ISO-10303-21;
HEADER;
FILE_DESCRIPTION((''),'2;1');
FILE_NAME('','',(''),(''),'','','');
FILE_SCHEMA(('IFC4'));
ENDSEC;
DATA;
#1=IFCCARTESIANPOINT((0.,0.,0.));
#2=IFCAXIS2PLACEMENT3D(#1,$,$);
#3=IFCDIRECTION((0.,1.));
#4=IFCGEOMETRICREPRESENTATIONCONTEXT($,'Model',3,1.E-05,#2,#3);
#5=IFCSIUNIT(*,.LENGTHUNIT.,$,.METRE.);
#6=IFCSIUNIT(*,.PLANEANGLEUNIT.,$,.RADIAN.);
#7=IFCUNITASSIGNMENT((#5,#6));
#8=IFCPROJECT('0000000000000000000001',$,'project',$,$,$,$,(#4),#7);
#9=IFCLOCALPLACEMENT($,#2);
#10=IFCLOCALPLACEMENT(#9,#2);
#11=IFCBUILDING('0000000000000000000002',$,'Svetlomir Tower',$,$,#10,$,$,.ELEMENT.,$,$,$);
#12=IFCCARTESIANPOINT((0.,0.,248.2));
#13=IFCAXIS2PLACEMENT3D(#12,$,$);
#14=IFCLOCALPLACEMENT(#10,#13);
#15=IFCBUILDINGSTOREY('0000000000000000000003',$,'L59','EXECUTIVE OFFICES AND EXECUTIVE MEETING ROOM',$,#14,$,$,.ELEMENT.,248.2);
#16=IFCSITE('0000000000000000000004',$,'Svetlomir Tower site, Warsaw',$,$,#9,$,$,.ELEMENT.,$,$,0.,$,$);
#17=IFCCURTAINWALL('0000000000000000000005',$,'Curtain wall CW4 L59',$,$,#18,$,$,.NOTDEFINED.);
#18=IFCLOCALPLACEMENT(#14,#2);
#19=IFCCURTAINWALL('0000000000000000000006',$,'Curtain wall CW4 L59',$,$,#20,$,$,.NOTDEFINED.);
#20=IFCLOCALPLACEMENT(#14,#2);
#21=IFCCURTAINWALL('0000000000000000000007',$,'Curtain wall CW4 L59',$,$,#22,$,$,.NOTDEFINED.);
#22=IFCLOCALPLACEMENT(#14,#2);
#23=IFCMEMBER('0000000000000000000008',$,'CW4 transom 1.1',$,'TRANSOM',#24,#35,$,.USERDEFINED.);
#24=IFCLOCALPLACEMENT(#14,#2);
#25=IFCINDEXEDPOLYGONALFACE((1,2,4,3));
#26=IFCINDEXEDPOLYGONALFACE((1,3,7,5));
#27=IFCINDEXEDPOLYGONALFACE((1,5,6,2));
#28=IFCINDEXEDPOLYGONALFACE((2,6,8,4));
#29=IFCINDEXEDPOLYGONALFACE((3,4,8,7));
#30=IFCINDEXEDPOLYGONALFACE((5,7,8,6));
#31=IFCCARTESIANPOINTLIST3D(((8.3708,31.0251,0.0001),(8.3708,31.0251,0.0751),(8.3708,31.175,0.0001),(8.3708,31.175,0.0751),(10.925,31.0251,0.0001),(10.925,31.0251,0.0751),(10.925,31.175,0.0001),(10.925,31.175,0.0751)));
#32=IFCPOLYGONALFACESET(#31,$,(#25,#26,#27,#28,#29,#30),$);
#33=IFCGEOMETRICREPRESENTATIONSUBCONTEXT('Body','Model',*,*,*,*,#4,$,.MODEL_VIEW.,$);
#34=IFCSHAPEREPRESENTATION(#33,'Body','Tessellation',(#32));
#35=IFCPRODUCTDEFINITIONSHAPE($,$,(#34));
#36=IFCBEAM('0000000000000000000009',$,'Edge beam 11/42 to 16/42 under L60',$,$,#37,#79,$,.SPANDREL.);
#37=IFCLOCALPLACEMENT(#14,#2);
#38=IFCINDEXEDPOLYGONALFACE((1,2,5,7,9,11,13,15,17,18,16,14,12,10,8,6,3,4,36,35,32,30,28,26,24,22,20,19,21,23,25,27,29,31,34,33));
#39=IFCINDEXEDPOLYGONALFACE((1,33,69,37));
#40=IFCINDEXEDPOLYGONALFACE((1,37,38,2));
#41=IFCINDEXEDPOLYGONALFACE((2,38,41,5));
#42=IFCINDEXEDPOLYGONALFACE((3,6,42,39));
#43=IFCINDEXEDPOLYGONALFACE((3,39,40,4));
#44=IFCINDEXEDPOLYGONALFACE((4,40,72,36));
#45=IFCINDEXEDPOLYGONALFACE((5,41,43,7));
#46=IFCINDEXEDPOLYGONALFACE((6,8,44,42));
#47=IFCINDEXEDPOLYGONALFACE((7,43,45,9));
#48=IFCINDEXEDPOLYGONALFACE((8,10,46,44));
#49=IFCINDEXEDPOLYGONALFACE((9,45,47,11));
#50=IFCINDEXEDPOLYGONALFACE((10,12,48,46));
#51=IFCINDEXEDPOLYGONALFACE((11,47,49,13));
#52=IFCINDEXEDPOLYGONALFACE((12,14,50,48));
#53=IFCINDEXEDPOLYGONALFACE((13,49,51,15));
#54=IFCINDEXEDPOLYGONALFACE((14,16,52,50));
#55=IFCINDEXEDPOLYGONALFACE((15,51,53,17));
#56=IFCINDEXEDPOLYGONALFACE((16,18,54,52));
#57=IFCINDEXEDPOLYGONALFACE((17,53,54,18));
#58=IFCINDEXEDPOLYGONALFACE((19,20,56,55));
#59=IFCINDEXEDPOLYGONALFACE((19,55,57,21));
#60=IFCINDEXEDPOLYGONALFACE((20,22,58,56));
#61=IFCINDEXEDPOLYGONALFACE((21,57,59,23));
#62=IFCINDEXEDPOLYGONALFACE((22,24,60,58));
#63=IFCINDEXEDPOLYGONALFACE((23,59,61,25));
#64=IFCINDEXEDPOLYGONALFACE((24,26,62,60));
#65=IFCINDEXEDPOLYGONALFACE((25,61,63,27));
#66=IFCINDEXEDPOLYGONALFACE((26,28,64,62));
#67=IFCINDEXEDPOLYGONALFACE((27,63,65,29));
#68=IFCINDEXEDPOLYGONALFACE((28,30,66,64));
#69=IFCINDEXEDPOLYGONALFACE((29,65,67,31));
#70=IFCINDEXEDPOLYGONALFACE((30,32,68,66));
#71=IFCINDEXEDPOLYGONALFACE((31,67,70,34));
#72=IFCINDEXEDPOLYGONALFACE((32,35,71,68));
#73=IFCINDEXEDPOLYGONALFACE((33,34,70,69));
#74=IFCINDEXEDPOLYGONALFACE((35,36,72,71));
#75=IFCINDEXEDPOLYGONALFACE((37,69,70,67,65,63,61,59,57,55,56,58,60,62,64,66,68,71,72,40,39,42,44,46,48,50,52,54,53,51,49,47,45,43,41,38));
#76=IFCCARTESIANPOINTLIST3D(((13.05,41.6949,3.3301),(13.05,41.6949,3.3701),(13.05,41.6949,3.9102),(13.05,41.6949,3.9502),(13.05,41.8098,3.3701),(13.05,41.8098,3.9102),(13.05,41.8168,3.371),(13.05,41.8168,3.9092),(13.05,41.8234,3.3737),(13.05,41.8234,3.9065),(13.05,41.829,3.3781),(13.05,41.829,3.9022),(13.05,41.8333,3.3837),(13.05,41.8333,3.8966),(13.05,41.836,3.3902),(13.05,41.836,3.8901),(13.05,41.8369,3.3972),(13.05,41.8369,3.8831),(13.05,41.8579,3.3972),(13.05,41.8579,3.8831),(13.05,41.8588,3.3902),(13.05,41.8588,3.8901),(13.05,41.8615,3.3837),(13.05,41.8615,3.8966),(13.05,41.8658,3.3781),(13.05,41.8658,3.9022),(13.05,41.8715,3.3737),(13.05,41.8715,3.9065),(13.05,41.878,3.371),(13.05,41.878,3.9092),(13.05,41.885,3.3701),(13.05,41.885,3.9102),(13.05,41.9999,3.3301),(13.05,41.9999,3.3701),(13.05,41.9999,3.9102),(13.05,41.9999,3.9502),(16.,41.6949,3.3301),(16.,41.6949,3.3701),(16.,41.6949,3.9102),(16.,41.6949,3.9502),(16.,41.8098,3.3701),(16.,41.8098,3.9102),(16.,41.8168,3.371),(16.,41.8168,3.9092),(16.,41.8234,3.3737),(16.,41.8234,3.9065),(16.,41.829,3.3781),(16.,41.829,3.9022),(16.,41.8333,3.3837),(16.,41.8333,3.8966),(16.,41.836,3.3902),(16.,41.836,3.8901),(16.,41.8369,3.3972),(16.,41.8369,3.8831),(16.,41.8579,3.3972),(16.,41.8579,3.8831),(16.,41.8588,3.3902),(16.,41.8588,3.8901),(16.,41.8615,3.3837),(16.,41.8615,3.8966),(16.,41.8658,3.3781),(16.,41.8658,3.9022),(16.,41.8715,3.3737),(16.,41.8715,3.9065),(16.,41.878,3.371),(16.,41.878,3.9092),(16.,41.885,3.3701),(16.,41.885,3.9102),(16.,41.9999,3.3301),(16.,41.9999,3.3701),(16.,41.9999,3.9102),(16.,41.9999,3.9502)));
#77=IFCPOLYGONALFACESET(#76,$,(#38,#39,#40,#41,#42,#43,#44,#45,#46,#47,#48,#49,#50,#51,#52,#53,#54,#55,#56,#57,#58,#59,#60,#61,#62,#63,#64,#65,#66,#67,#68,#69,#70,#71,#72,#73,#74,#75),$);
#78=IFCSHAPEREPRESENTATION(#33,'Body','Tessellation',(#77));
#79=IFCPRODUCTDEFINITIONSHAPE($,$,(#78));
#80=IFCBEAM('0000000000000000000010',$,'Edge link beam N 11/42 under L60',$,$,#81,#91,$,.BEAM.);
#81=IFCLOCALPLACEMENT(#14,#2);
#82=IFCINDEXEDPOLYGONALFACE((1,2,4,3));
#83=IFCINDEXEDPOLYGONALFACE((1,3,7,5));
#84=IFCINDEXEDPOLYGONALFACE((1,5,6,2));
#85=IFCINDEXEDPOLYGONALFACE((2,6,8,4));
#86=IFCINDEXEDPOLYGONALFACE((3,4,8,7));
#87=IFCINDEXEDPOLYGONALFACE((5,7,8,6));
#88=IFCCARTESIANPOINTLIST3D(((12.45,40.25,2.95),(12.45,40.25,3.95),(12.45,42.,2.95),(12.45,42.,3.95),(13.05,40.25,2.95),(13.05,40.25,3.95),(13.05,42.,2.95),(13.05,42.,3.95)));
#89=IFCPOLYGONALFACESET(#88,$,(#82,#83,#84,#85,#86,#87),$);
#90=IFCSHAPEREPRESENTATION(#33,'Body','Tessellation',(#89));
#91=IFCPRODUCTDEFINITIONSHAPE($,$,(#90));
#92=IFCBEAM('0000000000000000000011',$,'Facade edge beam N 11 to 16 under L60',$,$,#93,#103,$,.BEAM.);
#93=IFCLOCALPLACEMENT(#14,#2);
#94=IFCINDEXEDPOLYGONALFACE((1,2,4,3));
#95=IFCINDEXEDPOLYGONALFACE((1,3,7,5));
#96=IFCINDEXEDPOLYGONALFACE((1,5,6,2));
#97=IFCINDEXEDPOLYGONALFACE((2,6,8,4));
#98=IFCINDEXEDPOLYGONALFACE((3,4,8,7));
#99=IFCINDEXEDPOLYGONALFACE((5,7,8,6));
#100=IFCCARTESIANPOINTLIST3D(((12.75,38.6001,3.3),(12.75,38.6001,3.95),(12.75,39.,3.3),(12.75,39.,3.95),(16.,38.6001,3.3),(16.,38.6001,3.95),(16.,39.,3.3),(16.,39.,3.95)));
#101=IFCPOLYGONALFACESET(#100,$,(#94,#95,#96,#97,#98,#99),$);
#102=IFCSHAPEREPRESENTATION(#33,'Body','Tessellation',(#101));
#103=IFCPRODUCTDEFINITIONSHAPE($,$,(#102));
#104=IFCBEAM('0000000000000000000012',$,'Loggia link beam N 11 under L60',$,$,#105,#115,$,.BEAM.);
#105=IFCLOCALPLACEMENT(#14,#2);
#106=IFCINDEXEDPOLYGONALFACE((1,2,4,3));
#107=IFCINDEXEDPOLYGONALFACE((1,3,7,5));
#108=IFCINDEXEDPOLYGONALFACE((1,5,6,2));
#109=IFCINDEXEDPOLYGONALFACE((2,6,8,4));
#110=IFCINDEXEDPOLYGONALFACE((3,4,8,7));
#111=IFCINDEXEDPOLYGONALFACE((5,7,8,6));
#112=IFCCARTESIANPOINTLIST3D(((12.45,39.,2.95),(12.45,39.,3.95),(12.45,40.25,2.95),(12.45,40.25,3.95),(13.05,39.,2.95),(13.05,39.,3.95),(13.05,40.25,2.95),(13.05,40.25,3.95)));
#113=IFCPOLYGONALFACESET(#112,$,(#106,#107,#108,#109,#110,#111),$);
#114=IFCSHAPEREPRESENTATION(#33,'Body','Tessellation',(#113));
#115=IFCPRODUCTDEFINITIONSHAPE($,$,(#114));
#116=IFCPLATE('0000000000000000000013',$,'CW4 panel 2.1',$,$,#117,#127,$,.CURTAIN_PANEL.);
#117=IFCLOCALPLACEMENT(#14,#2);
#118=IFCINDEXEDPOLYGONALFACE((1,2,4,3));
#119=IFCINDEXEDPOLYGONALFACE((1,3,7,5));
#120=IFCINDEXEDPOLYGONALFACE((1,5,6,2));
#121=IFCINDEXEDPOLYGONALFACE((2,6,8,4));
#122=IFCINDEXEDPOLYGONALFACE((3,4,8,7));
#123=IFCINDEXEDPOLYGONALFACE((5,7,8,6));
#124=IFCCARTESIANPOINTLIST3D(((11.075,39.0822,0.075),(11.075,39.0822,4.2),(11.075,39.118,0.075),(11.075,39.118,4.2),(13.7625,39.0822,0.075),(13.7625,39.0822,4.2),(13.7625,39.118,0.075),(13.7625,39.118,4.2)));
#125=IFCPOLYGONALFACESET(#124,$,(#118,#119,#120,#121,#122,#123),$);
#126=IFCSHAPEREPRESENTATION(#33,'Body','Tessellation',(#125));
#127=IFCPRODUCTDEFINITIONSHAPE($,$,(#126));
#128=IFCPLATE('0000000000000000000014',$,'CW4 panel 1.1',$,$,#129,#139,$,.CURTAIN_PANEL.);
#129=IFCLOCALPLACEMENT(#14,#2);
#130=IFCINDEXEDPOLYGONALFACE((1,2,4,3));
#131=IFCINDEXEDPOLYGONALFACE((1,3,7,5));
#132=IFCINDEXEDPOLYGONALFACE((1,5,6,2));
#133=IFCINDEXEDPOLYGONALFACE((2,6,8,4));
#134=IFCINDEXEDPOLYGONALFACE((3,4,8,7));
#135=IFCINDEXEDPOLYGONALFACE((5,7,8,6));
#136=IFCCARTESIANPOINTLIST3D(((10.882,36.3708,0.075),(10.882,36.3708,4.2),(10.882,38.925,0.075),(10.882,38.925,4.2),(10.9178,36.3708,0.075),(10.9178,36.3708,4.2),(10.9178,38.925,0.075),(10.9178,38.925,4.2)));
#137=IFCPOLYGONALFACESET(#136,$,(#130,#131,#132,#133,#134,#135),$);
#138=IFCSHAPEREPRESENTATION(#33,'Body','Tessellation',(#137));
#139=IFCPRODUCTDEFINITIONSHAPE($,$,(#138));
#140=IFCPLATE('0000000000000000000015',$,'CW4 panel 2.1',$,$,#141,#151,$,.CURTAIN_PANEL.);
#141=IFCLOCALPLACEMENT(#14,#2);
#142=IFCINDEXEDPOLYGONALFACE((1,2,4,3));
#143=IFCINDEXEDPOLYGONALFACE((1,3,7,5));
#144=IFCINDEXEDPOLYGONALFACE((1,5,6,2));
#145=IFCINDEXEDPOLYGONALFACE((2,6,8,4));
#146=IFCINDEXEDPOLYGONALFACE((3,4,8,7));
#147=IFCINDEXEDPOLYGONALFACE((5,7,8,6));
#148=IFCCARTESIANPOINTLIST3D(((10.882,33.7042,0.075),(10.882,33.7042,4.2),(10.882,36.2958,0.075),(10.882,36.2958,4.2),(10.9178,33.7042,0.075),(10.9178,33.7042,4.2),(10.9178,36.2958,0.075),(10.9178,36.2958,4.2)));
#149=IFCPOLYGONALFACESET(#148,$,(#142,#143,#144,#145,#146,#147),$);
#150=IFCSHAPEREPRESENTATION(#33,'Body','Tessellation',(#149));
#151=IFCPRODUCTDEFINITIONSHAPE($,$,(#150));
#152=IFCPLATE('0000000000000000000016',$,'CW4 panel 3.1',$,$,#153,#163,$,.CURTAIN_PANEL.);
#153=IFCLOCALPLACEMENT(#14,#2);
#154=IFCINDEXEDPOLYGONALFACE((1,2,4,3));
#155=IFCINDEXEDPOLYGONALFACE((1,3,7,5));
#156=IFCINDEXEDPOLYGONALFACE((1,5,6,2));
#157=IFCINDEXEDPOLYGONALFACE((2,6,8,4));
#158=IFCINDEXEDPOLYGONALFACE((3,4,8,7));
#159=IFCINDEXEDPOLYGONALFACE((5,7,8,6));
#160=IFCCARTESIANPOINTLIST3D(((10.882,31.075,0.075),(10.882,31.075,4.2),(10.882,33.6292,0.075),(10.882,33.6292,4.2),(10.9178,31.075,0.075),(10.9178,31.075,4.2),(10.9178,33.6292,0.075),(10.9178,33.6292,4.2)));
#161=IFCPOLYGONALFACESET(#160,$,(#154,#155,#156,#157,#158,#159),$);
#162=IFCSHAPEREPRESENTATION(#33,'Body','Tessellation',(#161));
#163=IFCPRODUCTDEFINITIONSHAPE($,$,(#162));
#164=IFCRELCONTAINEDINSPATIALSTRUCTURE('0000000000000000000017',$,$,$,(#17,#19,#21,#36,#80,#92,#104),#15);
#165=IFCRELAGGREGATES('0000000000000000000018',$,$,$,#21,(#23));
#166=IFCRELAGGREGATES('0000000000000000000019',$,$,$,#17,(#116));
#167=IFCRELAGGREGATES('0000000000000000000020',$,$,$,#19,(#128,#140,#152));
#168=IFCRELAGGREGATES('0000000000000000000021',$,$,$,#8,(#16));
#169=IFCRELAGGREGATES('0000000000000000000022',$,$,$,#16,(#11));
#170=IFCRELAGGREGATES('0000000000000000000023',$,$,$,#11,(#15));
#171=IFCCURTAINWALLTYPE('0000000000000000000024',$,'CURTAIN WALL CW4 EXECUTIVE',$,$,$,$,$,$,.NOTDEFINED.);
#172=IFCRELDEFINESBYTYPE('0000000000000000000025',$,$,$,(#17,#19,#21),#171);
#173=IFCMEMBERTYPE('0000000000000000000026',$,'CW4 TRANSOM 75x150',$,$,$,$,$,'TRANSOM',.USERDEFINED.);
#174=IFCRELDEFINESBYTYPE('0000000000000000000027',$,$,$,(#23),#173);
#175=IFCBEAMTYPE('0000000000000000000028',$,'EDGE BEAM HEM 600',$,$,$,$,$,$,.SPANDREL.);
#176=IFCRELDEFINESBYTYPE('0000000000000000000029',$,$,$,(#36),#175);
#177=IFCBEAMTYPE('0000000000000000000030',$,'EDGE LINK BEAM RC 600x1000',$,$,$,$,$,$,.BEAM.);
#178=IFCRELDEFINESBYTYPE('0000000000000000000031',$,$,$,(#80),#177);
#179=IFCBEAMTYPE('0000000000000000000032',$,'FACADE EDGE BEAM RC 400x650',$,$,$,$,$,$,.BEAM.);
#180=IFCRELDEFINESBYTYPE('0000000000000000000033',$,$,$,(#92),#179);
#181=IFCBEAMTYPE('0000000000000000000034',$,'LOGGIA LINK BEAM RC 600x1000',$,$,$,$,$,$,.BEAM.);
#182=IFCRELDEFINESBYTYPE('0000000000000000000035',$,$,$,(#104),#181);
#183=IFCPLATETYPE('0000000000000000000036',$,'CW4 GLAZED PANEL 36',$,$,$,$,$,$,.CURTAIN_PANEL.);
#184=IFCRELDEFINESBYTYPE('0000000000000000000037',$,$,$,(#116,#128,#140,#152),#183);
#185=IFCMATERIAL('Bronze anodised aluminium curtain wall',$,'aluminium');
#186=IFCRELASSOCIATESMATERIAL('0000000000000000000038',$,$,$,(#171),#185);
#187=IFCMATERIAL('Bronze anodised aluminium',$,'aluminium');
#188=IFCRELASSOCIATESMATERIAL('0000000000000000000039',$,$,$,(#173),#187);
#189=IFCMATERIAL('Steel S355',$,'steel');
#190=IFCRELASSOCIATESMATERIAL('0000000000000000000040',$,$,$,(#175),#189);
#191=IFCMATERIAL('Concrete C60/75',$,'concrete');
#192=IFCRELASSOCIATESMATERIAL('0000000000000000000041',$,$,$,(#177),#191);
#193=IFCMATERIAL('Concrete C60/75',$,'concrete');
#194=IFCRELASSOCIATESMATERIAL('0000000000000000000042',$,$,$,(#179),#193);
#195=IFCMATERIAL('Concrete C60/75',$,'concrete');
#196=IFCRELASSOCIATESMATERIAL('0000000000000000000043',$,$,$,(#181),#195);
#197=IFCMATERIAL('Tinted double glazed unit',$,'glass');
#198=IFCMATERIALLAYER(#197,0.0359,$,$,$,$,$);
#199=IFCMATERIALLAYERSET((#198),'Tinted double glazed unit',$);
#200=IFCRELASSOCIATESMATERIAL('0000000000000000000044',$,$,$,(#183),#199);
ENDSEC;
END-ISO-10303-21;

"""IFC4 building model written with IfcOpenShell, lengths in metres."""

from ifc_helpers import new_model, si_unit, direction, frame, origin, origin_2d, place, context, subcontext, project, spatial, rectangle, i_section, extrude, material, layer, layer_set, material_profile, profile_set, type_object, element, aggregate, save


model = new_model("IFC4")

# Units and contexts
model_context = context("Model", 3, precision=1e-05, world=origin(), true_north=direction((0.0, 1.0)))
body_context = subcontext(model_context, "Body", "Model", "MODEL_VIEW")
ifc_project = project(units=[si_unit("LENGTHUNIT", "METRE"), si_unit("PLANEANGLEUNIT", "RADIAN")], contexts=[model_context])

# Site, building, storey
site_placement = place(None, origin())
site = spatial("IfcSite", under=ifc_project, at=site_placement, Name="Svetlomir Tower site, Warsaw", CompositionType="ELEMENT", RefElevation=0.0)
building_placement = place(site_placement, origin())
building = spatial("IfcBuilding", under=site, at=building_placement, Name="Svetlomir Tower", CompositionType="ELEMENT")
storey_placement = place(building_placement, frame((0.0, 0.0, 248.2)))
storey = spatial("IfcBuildingStorey", under=building, at=storey_placement, Name="L59", Description="EXECUTIVE OFFICES AND EXECUTIVE MEETING ROOM", CompositionType="ELEMENT", Elevation=248.2)

# Curtain walls
ifc_material_1 = material(Name="Bronze anodised aluminium curtain wall", Category="aluminium")
curtain_wall_type = type_object("IfcCurtainWallType", Name="CURTAIN WALL CW4 EXECUTIVE", PredefinedType="NOTDEFINED", material=ifc_material_1)
curtain_wall_1_placement = place(storey_placement, origin())
curtain_wall_1 = element("IfcCurtainWall", 1, at=curtain_wall_1_placement, inside=storey, type_object=curtain_wall_type, Name="Curtain wall CW4 L59", PredefinedType="NOTDEFINED")
curtain_wall_2_placement = place(storey_placement, origin())
curtain_wall_2 = element("IfcCurtainWall", 2, at=curtain_wall_2_placement, inside=storey, type_object=curtain_wall_type, Name="Curtain wall CW4 L59", PredefinedType="NOTDEFINED")
curtain_wall_3_placement = place(storey_placement, origin())
curtain_wall_3 = element("IfcCurtainWall", 3, at=curtain_wall_3_placement, inside=storey, type_object=curtain_wall_type, Name="Curtain wall CW4 L59", PredefinedType="NOTDEFINED")

# Member
ifc_material_2 = material(Name="Bronze anodised aluminium", Category="aluminium")
ifc_material_profile_1 = material_profile(ifc_material_2, rectangle(XDim=0.1499, YDim=0.075, at=origin_2d()), Name="AL 150x75")
ifc_profile_set_1 = profile_set([ifc_material_profile_1], Name="Bronze anodised aluminium 6063-T6")
member_type_1 = type_object("IfcMemberType", Name="CW4 TRANSOM 75x150", ElementType="TRANSOM", PredefinedType="USERDEFINED", material=ifc_profile_set_1)
member_1_placement = place(storey_placement, frame((10.925, 31.1001, 0.0376), z_axis=(-1.0, 0.0, 0.0), x_axis=(0.0, -1.0, 0.0)))
member_1 = element("IfcMember", 4, at=member_1_placement, type_object=member_type_1, Name="CW4 transom 1.1", ObjectType="TRANSOM", PredefinedType="USERDEFINED", context=body_context, shape_type="SweptSolid", body=[
    extrude(rectangle(XDim=0.1499, YDim=0.075, at=origin_2d()), origin(), (0.0, 0.0, 1.0), 2.5542),
])
aggregate(curtain_wall_3, [member_1])

# Beams
ifc_material_3 = material(Name="Steel S355", Category="steel")
ifc_material_profile_2 = material_profile(ifc_material_3, i_section(OverallWidth=0.3049, OverallDepth=0.6201, WebThickness=0.021, FlangeThickness=0.04, FilletRadius=0.0271, at=origin_2d()), Name="HEM 600")
ifc_profile_set_2 = profile_set([ifc_material_profile_2], Name="Steel S355")
beam_type_1 = type_object("IfcBeamType", Name="EDGE BEAM HEM 600", PredefinedType="SPANDREL", material=ifc_profile_set_2)
beam_1_placement = place(storey_placement, frame((13.05, 41.8474, 3.6401), z_axis=(1.0, 0.0, 0.0), x_axis=(0.0, 1.0, 0.0)))
element("IfcBeam", 5, at=beam_1_placement, inside=storey, type_object=beam_type_1, Name="Edge beam 11/42 to 16/42 under L60", PredefinedType="SPANDREL", context=body_context, shape_type="SweptSolid", body=[
    extrude(i_section(OverallWidth=0.3049, OverallDepth=0.6201, WebThickness=0.021, FlangeThickness=0.04, FilletRadius=0.0271, at=origin_2d()), origin(), (0.0, 0.0, 1.0), 2.95),
])
ifc_material_4 = material(Name="Concrete C60/75", Category="concrete")
ifc_material_profile_3 = material_profile(ifc_material_4, rectangle(XDim=0.6001, YDim=1.0, at=origin_2d()), Name="RC 600x1000")
ifc_profile_set_3 = profile_set([ifc_material_profile_3], Name="Concrete C60/75")
beam_type_2 = type_object("IfcBeamType", Name="EDGE LINK BEAM RC 600x1000", PredefinedType="BEAM", material=ifc_profile_set_3)
beam_2_placement = place(storey_placement, frame((12.75, 40.25, 3.45), z_axis=(0.0, 1.0, 0.0), x_axis=(-1.0, 0.0, 0.0)))
element("IfcBeam", 6, at=beam_2_placement, inside=storey, type_object=beam_type_2, Name="Edge link beam N 11/42 under L60", PredefinedType="BEAM", context=body_context, shape_type="SweptSolid", body=[
    extrude(rectangle(XDim=0.6001, YDim=1.0, at=origin_2d()), origin(), (0.0, 0.0, 1.0), 1.75),
])
ifc_material_5 = material(Name="Concrete C60/75", Category="concrete")
ifc_material_profile_4 = material_profile(ifc_material_5, rectangle(XDim=0.3999, YDim=0.6499, at=origin_2d()), Name="RC 400x650")
ifc_profile_set_4 = profile_set([ifc_material_profile_4], Name="Concrete C60/75")
beam_type_3 = type_object("IfcBeamType", Name="FACADE EDGE BEAM RC 400x650", PredefinedType="BEAM", material=ifc_profile_set_4)
beam_3_placement = place(storey_placement, frame((12.75, 38.8, 3.625), z_axis=(1.0, 0.0, 0.0), x_axis=(0.0, 1.0, 0.0)))
element("IfcBeam", 7, at=beam_3_placement, inside=storey, type_object=beam_type_3, Name="Facade edge beam N 11 to 16 under L60", PredefinedType="BEAM", context=body_context, shape_type="SweptSolid", body=[
    extrude(rectangle(XDim=0.3999, YDim=0.6499, at=origin_2d()), origin(), (0.0, 0.0, 1.0), 3.25),
])
ifc_material_6 = material(Name="Concrete C60/75", Category="concrete")
ifc_material_profile_5 = material_profile(ifc_material_6, rectangle(XDim=0.6001, YDim=1.0, at=origin_2d()), Name="RC 600x1000")
ifc_profile_set_5 = profile_set([ifc_material_profile_5], Name="Concrete C60/75")
beam_type_4 = type_object("IfcBeamType", Name="LOGGIA LINK BEAM RC 600x1000", PredefinedType="BEAM", material=ifc_profile_set_5)
beam_4_placement = place(storey_placement, frame((12.75, 40.25, 3.45), z_axis=(0.0, -1.0, 0.0), x_axis=(1.0, 0.0, 0.0)))
element("IfcBeam", 8, at=beam_4_placement, inside=storey, type_object=beam_type_4, Name="Loggia link beam N 11 under L60", PredefinedType="BEAM", context=body_context, shape_type="SweptSolid", body=[
    extrude(rectangle(XDim=0.6001, YDim=1.0, at=origin_2d()), origin(), (0.0, 0.0, 1.0), 1.25),
])

# Plates
ifc_material_7 = material(Name="Tinted double glazed unit", Category="glass")
ifc_layer_1 = layer(ifc_material_7, 0.0359)
ifc_layer_set_1 = layer_set([ifc_layer_1], Name="Tinted double glazed unit")
plate_type = type_object("IfcPlateType", Name="CW4 GLAZED PANEL 36", PredefinedType="CURTAIN_PANEL", material=ifc_layer_set_1)
plate_1_placement = place(storey_placement, frame((12.4187, 39.1001, 0.075), z_axis=(0.0, 0.0, 1.0), x_axis=(-1.0, 0.0, 0.0)))
plate_1 = element("IfcPlate", 9, at=plate_1_placement, type_object=plate_type, Name="CW4 panel 2.1", PredefinedType="CURTAIN_PANEL", context=body_context, shape_type="SweptSolid", body=[
    extrude(rectangle(XDim=2.6875, YDim=0.0359, at=origin_2d()), origin(), (0.0, 0.0, 1.0), 4.125),
])
aggregate(curtain_wall_1, [plate_1])
plate_2_placement = place(storey_placement, frame((10.8999, 37.6479, 0.075), z_axis=(0.0, 0.0, 1.0), x_axis=(0.0, -1.0, 0.0)))
plate_2 = element("IfcPlate", 10, at=plate_2_placement, type_object=plate_type, Name="CW4 panel 1.1", PredefinedType="CURTAIN_PANEL", context=body_context, shape_type="SweptSolid", body=[
    extrude(rectangle(XDim=2.5542, YDim=0.0359, at=origin_2d()), origin(), (0.0, 0.0, 1.0), 4.125),
])
plate_3_placement = place(storey_placement, frame((10.8999, 35.0, 0.075), z_axis=(0.0, 0.0, 1.0), x_axis=(0.0, -1.0, 0.0)))
plate_3 = element("IfcPlate", 11, at=plate_3_placement, type_object=plate_type, Name="CW4 panel 2.1", PredefinedType="CURTAIN_PANEL", context=body_context, shape_type="SweptSolid", body=[
    extrude(rectangle(XDim=2.5916, YDim=0.0359, at=origin_2d()), origin(), (0.0, 0.0, 1.0), 4.125),
])
plate_4_placement = place(storey_placement, frame((10.8999, 32.3521, 0.075), z_axis=(0.0, 0.0, 1.0), x_axis=(0.0, -1.0, 0.0)))
plate_4 = element("IfcPlate", 12, at=plate_4_placement, type_object=plate_type, Name="CW4 panel 3.1", PredefinedType="CURTAIN_PANEL", context=body_context, shape_type="SweptSolid", body=[
    extrude(rectangle(XDim=2.5542, YDim=0.0359, at=origin_2d()), origin(), (0.0, 0.0, 1.0), 4.125),
])
aggregate(curtain_wall_2, [plate_2, plate_3, plate_4])

save(model, "model.ifc")
